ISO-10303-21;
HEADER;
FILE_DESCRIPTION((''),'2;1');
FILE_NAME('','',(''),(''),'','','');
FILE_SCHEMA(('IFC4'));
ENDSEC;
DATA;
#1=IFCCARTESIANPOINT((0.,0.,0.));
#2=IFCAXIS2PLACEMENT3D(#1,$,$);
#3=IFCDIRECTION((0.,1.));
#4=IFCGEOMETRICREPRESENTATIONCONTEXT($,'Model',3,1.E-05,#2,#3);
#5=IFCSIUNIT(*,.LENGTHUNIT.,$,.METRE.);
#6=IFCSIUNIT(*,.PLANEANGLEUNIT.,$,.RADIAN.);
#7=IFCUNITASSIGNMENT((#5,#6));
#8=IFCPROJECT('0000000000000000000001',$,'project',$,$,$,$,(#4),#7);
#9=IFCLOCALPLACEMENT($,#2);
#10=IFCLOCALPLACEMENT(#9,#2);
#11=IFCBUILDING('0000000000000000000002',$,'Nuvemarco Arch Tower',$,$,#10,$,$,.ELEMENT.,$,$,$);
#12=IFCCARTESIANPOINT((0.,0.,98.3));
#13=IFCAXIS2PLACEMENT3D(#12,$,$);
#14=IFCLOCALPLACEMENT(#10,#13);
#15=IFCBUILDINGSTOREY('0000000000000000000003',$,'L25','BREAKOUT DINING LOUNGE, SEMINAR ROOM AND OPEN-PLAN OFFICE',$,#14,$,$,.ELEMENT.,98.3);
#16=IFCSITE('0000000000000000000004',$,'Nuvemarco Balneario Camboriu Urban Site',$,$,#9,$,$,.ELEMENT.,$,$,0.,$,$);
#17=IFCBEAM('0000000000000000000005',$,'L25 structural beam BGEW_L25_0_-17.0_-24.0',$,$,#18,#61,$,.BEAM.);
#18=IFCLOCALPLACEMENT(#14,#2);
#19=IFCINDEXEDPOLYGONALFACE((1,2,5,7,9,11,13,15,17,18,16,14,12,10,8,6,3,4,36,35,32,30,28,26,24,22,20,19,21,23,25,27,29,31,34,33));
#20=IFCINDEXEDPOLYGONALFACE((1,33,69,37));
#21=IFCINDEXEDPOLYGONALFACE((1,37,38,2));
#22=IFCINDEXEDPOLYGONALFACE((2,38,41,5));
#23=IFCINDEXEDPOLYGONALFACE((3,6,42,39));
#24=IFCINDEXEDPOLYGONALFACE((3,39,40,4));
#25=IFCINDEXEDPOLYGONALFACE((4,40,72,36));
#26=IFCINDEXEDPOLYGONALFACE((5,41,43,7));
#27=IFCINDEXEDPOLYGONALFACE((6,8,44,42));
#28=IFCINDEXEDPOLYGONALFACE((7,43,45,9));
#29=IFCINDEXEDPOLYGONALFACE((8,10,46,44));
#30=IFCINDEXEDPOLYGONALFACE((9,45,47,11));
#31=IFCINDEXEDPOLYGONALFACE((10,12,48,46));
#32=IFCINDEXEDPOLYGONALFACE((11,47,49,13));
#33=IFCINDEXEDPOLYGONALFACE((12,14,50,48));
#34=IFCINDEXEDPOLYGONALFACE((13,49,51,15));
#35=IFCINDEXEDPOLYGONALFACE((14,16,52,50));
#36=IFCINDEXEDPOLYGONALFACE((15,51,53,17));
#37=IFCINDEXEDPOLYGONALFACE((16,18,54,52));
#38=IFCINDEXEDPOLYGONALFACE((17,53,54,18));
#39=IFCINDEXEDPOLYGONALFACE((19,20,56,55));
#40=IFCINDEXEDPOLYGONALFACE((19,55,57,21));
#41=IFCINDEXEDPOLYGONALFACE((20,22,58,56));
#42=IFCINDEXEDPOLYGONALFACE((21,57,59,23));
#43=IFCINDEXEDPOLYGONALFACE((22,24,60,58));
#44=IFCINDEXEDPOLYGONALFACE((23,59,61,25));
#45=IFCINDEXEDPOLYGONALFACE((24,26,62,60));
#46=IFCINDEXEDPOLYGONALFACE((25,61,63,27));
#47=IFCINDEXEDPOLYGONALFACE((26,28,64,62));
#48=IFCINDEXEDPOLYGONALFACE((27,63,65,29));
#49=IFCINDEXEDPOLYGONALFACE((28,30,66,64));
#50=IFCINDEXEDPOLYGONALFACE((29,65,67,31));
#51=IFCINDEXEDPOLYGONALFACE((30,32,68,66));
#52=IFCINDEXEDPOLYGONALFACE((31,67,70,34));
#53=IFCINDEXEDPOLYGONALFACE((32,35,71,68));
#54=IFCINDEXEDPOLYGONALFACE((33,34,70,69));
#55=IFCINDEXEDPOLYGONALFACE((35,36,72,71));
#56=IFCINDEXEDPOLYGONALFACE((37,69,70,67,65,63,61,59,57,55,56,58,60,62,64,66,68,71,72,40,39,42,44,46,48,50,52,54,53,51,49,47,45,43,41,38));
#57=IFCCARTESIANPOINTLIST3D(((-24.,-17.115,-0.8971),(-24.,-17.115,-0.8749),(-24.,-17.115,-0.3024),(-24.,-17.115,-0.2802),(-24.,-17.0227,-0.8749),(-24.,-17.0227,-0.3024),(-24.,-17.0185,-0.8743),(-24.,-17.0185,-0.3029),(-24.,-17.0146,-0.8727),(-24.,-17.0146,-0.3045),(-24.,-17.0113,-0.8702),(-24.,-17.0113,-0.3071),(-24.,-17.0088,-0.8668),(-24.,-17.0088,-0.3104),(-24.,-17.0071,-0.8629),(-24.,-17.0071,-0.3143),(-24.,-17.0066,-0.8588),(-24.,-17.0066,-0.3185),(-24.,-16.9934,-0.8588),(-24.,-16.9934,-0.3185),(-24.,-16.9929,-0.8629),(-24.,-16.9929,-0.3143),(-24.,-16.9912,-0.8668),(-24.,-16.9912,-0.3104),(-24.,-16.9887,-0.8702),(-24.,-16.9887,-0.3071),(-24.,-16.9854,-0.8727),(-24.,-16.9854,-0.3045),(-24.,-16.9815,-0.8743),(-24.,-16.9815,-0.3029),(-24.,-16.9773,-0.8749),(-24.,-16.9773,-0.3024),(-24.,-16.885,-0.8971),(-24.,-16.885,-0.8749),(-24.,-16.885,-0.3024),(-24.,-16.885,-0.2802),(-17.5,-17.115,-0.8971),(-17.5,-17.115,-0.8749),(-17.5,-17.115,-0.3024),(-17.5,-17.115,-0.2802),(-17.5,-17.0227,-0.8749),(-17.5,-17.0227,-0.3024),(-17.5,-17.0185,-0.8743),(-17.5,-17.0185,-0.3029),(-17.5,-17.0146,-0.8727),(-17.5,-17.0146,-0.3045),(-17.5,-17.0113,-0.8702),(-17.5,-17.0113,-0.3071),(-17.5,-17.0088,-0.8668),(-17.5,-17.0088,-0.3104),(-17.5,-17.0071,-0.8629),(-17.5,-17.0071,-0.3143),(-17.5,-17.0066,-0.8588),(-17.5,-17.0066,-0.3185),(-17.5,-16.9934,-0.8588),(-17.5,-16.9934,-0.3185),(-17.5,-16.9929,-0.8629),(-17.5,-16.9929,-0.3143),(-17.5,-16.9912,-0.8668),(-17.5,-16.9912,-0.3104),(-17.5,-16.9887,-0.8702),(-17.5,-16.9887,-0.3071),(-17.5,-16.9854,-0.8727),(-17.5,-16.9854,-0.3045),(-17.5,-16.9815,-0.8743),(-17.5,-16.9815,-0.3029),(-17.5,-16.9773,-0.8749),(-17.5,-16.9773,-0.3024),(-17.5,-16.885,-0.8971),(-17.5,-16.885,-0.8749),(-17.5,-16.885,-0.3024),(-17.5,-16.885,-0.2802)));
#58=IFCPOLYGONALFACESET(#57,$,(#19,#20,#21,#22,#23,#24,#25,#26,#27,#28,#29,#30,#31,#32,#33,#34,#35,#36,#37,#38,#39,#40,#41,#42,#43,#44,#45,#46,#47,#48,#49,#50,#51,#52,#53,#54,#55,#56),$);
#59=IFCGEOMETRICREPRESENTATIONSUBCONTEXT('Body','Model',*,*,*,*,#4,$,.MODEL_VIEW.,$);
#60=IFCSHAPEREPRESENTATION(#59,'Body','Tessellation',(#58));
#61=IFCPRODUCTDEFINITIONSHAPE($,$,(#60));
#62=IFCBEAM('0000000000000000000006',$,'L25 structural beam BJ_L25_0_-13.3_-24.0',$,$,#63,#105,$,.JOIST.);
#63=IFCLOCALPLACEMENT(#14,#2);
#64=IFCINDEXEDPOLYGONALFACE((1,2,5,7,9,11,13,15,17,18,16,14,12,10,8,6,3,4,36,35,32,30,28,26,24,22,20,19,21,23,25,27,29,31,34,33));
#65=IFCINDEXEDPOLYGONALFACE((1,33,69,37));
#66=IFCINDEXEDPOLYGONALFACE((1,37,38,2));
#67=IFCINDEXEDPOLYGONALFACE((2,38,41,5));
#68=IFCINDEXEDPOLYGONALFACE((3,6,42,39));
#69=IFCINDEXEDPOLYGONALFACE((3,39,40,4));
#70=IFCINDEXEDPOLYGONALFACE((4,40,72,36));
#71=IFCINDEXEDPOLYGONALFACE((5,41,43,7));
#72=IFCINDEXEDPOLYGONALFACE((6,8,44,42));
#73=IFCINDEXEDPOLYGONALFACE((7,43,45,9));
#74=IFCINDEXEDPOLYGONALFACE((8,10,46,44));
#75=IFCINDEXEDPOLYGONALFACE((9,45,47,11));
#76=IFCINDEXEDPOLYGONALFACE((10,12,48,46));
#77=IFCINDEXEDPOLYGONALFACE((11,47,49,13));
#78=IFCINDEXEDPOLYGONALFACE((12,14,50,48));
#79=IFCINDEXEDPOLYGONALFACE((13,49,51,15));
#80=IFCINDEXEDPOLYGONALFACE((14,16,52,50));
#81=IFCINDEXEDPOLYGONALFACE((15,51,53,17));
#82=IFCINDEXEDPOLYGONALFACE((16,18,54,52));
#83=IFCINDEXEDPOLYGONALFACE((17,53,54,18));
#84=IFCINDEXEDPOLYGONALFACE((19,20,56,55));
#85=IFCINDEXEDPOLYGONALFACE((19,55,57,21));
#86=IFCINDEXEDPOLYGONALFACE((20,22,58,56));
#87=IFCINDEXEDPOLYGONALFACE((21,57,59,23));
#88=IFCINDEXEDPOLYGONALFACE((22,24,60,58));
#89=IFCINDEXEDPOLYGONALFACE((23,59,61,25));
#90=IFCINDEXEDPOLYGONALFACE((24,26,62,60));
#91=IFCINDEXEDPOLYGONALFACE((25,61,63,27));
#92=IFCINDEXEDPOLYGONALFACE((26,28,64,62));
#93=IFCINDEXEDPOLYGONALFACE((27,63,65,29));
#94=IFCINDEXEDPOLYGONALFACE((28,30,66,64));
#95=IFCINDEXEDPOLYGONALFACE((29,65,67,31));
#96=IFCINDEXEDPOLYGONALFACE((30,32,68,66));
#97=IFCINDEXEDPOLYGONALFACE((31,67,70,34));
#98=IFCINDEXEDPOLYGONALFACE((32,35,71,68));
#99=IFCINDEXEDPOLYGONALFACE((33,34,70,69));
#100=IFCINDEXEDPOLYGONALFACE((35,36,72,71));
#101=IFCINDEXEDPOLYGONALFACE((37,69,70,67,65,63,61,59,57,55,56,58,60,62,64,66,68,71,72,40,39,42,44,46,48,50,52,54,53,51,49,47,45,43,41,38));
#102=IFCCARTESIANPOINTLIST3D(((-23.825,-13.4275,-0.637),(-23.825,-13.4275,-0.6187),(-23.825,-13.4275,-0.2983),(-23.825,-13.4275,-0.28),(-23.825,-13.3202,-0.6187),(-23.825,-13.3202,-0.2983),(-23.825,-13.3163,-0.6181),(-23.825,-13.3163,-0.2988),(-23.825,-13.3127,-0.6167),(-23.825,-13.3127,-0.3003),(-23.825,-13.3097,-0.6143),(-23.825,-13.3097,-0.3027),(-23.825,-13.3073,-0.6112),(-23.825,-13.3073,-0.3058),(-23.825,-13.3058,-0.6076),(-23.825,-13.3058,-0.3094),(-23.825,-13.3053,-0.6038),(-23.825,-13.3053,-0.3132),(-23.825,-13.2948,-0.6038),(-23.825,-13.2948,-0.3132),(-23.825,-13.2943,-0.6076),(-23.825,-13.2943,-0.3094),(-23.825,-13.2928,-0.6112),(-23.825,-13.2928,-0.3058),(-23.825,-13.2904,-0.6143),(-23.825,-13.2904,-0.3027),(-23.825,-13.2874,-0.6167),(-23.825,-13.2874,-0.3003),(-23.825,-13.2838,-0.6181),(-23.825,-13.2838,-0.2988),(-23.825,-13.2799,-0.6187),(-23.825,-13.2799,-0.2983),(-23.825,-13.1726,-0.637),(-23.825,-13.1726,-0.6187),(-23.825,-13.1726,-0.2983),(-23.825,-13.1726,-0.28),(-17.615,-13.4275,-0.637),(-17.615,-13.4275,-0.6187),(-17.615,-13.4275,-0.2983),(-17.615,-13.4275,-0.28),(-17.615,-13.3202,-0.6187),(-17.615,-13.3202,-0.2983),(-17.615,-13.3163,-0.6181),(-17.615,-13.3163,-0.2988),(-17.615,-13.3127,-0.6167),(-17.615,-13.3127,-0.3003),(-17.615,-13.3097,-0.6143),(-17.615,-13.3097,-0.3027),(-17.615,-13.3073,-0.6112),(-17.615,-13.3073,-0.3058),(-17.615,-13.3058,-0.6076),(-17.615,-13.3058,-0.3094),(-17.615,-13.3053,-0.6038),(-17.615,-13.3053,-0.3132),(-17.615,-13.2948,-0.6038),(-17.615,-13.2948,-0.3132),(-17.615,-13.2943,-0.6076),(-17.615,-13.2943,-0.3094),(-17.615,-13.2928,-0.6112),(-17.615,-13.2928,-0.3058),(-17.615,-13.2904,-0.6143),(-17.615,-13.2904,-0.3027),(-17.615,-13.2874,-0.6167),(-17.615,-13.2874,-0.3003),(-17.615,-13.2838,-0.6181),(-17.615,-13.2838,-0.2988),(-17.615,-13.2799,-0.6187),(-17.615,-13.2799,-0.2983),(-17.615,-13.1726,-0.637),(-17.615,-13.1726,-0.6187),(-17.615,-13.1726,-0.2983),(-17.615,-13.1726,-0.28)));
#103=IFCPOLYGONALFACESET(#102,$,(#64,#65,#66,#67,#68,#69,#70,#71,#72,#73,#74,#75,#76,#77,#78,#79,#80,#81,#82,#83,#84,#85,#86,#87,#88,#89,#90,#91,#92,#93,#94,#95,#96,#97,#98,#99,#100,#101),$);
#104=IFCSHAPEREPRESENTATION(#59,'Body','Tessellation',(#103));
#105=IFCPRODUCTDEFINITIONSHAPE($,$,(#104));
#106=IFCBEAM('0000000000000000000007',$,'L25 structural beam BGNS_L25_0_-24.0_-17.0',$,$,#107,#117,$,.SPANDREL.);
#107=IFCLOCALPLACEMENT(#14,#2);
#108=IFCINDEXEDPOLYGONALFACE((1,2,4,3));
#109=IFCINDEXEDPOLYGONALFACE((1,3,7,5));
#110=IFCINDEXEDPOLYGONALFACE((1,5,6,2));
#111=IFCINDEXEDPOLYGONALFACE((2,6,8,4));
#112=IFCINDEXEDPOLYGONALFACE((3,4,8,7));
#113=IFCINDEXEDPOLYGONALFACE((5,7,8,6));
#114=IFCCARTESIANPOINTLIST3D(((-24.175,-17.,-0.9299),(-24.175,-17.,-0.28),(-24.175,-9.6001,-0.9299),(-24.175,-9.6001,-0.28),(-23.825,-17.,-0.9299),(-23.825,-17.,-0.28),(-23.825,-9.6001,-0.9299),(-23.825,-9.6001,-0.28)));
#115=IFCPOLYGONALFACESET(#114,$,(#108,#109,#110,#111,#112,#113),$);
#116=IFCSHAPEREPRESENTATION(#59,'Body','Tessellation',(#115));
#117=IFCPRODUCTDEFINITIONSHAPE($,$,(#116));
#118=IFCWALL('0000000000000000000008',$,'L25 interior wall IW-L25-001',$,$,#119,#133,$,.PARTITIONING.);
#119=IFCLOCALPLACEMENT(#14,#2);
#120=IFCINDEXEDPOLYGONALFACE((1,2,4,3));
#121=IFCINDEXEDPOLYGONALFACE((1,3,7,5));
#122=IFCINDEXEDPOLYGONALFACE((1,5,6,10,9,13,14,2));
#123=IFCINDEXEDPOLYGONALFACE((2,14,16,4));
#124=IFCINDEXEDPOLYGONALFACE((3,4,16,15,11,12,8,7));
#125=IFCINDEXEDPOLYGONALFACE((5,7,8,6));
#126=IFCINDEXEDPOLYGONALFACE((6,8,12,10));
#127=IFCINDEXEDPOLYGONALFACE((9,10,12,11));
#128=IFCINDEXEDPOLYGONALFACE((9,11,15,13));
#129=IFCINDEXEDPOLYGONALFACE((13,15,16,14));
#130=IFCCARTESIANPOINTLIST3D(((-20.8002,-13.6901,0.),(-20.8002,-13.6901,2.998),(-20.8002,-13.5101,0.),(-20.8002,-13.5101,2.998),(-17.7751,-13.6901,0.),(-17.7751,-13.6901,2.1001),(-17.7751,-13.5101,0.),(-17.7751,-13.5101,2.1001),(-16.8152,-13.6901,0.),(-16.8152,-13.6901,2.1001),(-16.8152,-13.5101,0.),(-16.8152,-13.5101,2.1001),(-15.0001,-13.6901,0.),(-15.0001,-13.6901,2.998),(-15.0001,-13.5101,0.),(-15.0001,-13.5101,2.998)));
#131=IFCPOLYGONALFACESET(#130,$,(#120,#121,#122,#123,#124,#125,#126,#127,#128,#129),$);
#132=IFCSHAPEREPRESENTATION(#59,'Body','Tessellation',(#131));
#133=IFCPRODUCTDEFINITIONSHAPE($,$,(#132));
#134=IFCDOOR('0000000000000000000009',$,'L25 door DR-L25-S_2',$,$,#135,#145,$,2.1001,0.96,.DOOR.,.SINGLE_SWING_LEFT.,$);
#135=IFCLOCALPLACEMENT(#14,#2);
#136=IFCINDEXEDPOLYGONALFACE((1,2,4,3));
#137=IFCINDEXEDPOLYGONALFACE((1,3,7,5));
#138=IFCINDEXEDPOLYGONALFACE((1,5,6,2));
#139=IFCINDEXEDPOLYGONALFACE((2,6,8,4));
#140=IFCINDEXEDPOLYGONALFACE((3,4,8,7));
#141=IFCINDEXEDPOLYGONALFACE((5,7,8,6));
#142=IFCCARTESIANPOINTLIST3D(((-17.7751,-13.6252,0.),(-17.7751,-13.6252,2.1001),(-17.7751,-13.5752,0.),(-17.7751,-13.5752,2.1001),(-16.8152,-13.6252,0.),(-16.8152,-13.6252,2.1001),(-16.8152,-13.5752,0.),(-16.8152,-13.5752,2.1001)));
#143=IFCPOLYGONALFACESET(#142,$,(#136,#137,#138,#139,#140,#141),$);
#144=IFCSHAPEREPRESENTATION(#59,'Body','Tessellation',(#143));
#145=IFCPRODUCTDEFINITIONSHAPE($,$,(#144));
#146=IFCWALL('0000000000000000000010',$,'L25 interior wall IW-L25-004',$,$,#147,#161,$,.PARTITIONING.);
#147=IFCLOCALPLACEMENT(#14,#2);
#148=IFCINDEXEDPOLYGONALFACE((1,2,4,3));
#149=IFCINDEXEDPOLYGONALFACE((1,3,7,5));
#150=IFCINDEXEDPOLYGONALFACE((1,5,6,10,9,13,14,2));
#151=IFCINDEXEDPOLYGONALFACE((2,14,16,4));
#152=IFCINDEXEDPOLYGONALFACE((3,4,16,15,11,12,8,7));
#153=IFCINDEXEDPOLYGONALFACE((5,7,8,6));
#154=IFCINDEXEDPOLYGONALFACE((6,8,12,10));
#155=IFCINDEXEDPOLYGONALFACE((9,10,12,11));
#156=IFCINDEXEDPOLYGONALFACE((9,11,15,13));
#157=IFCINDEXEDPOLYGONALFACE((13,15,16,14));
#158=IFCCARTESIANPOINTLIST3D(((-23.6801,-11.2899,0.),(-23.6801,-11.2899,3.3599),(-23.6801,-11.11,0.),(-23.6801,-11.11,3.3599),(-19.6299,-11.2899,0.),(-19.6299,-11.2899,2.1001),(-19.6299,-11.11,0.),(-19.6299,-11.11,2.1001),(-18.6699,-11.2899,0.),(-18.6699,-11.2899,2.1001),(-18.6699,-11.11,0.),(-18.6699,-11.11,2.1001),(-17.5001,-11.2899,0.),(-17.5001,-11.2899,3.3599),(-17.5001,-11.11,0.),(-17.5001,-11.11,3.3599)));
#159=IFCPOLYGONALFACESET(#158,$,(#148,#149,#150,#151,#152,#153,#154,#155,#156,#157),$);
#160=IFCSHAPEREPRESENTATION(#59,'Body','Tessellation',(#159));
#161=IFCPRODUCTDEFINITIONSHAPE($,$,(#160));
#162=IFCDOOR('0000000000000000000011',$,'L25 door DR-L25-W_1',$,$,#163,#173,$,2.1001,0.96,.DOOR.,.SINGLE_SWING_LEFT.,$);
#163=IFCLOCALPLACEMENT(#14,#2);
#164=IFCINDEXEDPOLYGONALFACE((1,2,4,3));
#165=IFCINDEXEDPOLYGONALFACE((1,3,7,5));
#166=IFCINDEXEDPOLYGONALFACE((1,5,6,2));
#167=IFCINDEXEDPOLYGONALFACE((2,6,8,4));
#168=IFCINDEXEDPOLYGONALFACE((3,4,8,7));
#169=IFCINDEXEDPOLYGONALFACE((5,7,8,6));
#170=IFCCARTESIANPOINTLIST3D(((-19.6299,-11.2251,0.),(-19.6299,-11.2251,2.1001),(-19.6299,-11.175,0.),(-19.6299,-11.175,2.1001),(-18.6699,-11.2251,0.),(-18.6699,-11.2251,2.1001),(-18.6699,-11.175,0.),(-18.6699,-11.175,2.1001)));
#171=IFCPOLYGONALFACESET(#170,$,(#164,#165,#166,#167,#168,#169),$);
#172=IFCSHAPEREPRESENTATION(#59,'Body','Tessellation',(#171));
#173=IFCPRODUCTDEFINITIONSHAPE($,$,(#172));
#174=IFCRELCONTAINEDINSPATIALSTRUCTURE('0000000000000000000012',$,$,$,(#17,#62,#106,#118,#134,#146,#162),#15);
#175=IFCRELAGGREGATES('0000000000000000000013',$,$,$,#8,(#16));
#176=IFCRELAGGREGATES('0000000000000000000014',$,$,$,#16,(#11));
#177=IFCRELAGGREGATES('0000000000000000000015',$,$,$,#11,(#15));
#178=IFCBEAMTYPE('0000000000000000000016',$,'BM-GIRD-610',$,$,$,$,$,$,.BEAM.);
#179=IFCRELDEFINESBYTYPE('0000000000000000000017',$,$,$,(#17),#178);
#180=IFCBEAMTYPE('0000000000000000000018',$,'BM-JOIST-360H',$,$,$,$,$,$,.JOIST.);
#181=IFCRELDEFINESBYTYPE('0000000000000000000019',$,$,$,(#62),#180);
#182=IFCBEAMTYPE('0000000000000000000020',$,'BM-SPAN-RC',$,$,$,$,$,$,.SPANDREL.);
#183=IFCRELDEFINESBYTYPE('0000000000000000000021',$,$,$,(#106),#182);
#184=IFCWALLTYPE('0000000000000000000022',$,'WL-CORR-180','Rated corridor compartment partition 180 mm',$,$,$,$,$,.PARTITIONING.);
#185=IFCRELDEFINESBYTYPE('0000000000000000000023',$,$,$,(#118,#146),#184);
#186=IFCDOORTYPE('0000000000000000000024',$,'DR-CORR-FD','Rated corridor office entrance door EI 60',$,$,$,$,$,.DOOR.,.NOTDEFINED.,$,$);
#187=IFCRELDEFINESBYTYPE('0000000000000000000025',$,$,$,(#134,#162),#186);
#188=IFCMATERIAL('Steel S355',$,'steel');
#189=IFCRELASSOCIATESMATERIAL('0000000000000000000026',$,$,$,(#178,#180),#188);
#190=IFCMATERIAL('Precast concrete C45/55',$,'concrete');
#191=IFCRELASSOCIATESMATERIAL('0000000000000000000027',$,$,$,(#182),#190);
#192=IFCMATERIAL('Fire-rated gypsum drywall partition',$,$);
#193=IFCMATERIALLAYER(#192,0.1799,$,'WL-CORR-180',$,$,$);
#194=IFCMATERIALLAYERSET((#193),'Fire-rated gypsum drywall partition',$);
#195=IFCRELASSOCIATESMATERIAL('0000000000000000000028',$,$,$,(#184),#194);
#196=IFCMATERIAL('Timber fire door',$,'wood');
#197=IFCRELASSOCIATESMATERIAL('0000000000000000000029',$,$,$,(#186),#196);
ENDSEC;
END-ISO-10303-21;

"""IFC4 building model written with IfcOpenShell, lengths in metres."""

from ifc_helpers import new_model, si_unit, direction, frame, frame_2d, origin, origin_2d, place, context, subcontext, project, spatial, rectangle, i_section, extrude, source, transform, mapped, material, layer, layer_set, material_profile, profile_set, type_object, type_shapes, element, fill, save


model = new_model("IFC4")

# Units and contexts
model_context = context("Model", 3, precision=1e-05, world=origin(), true_north=direction((0.0, 1.0)))
body_context = subcontext(model_context, "Body", "Model", "MODEL_VIEW")
ifc_project = project(units=[si_unit("LENGTHUNIT", "METRE"), si_unit("PLANEANGLEUNIT", "RADIAN")], contexts=[model_context])

# Site, building, storey
site_placement = place(None, origin())
site = spatial("IfcSite", under=ifc_project, at=site_placement, Name="Nuvemarco Balneario Camboriu Urban Site", CompositionType="ELEMENT", RefElevation=0.0)
building_placement = place(site_placement, origin())
building = spatial("IfcBuilding", under=site, at=building_placement, Name="Nuvemarco Arch Tower", CompositionType="ELEMENT")
storey_placement = place(building_placement, frame((0.0, 0.0, 98.3)))
storey = spatial("IfcBuildingStorey", under=building, at=storey_placement, Name="L25", Description="BREAKOUT DINING LOUNGE, SEMINAR ROOM AND OPEN-PLAN OFFICE", CompositionType="ELEMENT", Elevation=98.3)

# Shared definitions
ifc_material_1 = material(Name="Steel S355", Category="steel")

# Beams
ifc_material_profile_1 = material_profile(ifc_material_1, i_section(OverallWidth=0.23, OverallDepth=0.6169, WebThickness=0.0132, FlangeThickness=0.0222, FilletRadius=0.0161, at=origin_2d()), Name="W610x140")
ifc_profile_set_1 = profile_set([ifc_material_profile_1], Name="Steel S355")
beam_type_1 = type_object("IfcBeamType", Name="BM-GIRD-610", PredefinedType="BEAM", material=ifc_profile_set_1)
beam_1_placement = place(storey_placement, frame((-24.0, -17.0, -0.5886), z_axis=(1.0, 0.0, 0.0), x_axis=(0.0, 1.0, 0.0)))
element("IfcBeam", 1, at=beam_1_placement, inside=storey, type_object=beam_type_1, Name="L25 structural beam BGEW_L25_0_-17.0_-24.0", PredefinedType="BEAM", context=body_context, shape_type="SweptSolid", body=[
    extrude(i_section(OverallWidth=0.23, OverallDepth=0.6169, WebThickness=0.0132, FlangeThickness=0.0222, FilletRadius=0.0161, at=origin_2d()), origin(), (0.0, 0.0, 1.0), 6.5),
])
ifc_material_profile_2 = material_profile(ifc_material_1, i_section(OverallWidth=0.2549, OverallDepth=0.3569, WebThickness=0.0105, FlangeThickness=0.0183, FilletRadius=0.0149, at=origin_2d()), Name="W360x101")
ifc_profile_set_2 = profile_set([ifc_material_profile_2], Name="Steel S355")
beam_type_2 = type_object("IfcBeamType", Name="BM-JOIST-360H", PredefinedType="JOIST", material=ifc_profile_set_2)
beam_2_placement = place(storey_placement, frame((-23.825, -13.3, -0.4585), z_axis=(1.0, 0.0, 0.0), x_axis=(0.0, 1.0, 0.0)))
element("IfcBeam", 2, at=beam_2_placement, inside=storey, type_object=beam_type_2, Name="L25 structural beam BJ_L25_0_-13.3_-24.0", PredefinedType="JOIST", context=body_context, shape_type="SweptSolid", body=[
    extrude(i_section(OverallWidth=0.2549, OverallDepth=0.3569, WebThickness=0.0105, FlangeThickness=0.0183, FilletRadius=0.0149, at=origin_2d()), origin(), (0.0, 0.0, 1.0), 6.21),
])
ifc_material_2 = material(Name="Precast concrete C45/55", Category="concrete")
ifc_material_profile_3 = material_profile(ifc_material_2, rectangle(XDim=0.3501, YDim=0.6499, at=origin_2d()), Name="PC-SP-350x650")
ifc_profile_set_3 = profile_set([ifc_material_profile_3], Name="Precast concrete C45/55")
beam_type_3 = type_object("IfcBeamType", Name="BM-SPAN-RC", PredefinedType="SPANDREL", material=ifc_profile_set_3)
beam_3_placement = place(storey_placement, frame((-24.0, -17.0, -0.605), z_axis=(0.0, 1.0, 0.0), x_axis=(-1.0, 0.0, 0.0)))
element("IfcBeam", 3, at=beam_3_placement, inside=storey, type_object=beam_type_3, Name="L25 structural beam BGNS_L25_0_-24.0_-17.0", PredefinedType="SPANDREL", context=body_context, shape_type="SweptSolid", body=[
    extrude(rectangle(XDim=0.3501, YDim=0.6499, at=origin_2d()), origin(), (0.0, 0.0, 1.0), 7.3999),
])

# Walls, openings, doors
ifc_material_3 = material(Name="Fire-rated gypsum drywall partition")
ifc_layer = layer(ifc_material_3, 0.1799, Name="WL-CORR-180")
ifc_layer_set = layer_set([ifc_layer], Name="Fire-rated gypsum drywall partition")
wall_type = type_object("IfcWallType", Name="WL-CORR-180", Description="Rated corridor compartment partition 180 mm", PredefinedType="PARTITIONING", material=ifc_layer_set)
wall_1_placement = place(storey_placement, frame((-20.8, -13.6001, 0.0), z_axis=(0.0, 0.0, 1.0), x_axis=(1.0, 0.0, 0.0)))
wall_1 = element("IfcWall", 4, at=wall_1_placement, inside=storey, type_object=wall_type, Name="L25 interior wall IW-L25-001", PredefinedType="PARTITIONING", context=body_context, shape_type="SweptSolid", body=[
    extrude(rectangle(XDim=5.8, YDim=0.1799, at=frame_2d((2.8999, 0.0))), origin(), (0.0, 0.0, 1.0), 2.998),
])
opening_1_placement = place(wall_1_placement, frame((3.0249, 0.0, 0.0)))
opening_1 = element("IfcOpeningElement", 5, at=opening_1_placement, cuts=wall_1, PredefinedType="OPENING", context=body_context, shape_type="SweptSolid", body=[
    extrude(rectangle(XDim=0.96, YDim=2.1001, at=frame_2d((0.48, 1.05))), frame((0.0, 0.0999, 0.0), z_axis=(0.0, -1.0, 0.0), x_axis=(1.0, 0.0, 0.0)), (0.0, 0.0, 1.0), 0.2),
])
ifc_material_4 = material(Name="Timber fire door", Category="wood")
door_type = type_object("IfcDoorType", Name="DR-CORR-FD", Description="Rated corridor office entrance door EI 60", OperationType="NOTDEFINED", PredefinedType="DOOR", material=ifc_material_4)
shared_shape_1 = source(origin(), body_context, "Body", "SweptSolid", [
    extrude(rectangle(XDim=0.96, YDim=2.1001, at=frame_2d((0.48, 1.05))), frame((0.0, 0.0249, 0.0), z_axis=(0.0, -1.0, 0.0), x_axis=(1.0, 0.0, 0.0)), (0.0, 0.0, 1.0), 0.05),
])
type_shapes(door_type, [shared_shape_1])
door_1_placement = place(opening_1_placement, origin())
door_1 = element("IfcDoor", 6, at=door_1_placement, inside=storey, type_object=door_type, Name="L25 door DR-L25-S_2", OperationType="SINGLE_SWING_LEFT", OverallHeight=2.1001, OverallWidth=0.96, PredefinedType="DOOR", context=body_context, shape_type="MappedRepresentation", body=[
    mapped(shared_shape_1, transform((0.0, 0.0, 0.0), scale=1.0)),
])
fill(opening_1, door_1)
wall_2_placement = place(storey_placement, frame((-23.6799, -11.2, 0.0), z_axis=(0.0, 0.0, 1.0), x_axis=(1.0, 0.0, 0.0)))
wall_2 = element("IfcWall", 7, at=wall_2_placement, inside=storey, type_object=wall_type, Name="L25 interior wall IW-L25-004", PredefinedType="PARTITIONING", context=body_context, shape_type="SweptSolid", body=[
    extrude(rectangle(XDim=6.1799, YDim=0.1799, at=frame_2d((3.0898, 0.0))), origin(), (0.0, 0.0, 1.0), 3.3599),
])
opening_2_placement = place(wall_2_placement, frame((4.05, 0.0, 0.0)))
opening_2 = element("IfcOpeningElement", 8, at=opening_2_placement, cuts=wall_2, PredefinedType="OPENING", context=body_context, shape_type="SweptSolid", body=[
    extrude(rectangle(XDim=0.96, YDim=2.1001, at=frame_2d((0.48, 1.05))), frame((0.0, 0.0999, 0.0), z_axis=(0.0, -1.0, 0.0), x_axis=(1.0, 0.0, 0.0)), (0.0, 0.0, 1.0), 0.2),
])
door_2_placement = place(opening_2_placement, origin())
door_2 = element("IfcDoor", 9, at=door_2_placement, inside=storey, type_object=door_type, Name="L25 door DR-L25-W_1", OperationType="SINGLE_SWING_LEFT", OverallHeight=2.1001, OverallWidth=0.96, PredefinedType="DOOR", context=body_context, shape_type="MappedRepresentation", body=[
    mapped(shared_shape_1, transform((0.0, 0.0, 0.0), scale=1.0)),
])
fill(opening_2, door_2)

save(model, "model.ifc")
